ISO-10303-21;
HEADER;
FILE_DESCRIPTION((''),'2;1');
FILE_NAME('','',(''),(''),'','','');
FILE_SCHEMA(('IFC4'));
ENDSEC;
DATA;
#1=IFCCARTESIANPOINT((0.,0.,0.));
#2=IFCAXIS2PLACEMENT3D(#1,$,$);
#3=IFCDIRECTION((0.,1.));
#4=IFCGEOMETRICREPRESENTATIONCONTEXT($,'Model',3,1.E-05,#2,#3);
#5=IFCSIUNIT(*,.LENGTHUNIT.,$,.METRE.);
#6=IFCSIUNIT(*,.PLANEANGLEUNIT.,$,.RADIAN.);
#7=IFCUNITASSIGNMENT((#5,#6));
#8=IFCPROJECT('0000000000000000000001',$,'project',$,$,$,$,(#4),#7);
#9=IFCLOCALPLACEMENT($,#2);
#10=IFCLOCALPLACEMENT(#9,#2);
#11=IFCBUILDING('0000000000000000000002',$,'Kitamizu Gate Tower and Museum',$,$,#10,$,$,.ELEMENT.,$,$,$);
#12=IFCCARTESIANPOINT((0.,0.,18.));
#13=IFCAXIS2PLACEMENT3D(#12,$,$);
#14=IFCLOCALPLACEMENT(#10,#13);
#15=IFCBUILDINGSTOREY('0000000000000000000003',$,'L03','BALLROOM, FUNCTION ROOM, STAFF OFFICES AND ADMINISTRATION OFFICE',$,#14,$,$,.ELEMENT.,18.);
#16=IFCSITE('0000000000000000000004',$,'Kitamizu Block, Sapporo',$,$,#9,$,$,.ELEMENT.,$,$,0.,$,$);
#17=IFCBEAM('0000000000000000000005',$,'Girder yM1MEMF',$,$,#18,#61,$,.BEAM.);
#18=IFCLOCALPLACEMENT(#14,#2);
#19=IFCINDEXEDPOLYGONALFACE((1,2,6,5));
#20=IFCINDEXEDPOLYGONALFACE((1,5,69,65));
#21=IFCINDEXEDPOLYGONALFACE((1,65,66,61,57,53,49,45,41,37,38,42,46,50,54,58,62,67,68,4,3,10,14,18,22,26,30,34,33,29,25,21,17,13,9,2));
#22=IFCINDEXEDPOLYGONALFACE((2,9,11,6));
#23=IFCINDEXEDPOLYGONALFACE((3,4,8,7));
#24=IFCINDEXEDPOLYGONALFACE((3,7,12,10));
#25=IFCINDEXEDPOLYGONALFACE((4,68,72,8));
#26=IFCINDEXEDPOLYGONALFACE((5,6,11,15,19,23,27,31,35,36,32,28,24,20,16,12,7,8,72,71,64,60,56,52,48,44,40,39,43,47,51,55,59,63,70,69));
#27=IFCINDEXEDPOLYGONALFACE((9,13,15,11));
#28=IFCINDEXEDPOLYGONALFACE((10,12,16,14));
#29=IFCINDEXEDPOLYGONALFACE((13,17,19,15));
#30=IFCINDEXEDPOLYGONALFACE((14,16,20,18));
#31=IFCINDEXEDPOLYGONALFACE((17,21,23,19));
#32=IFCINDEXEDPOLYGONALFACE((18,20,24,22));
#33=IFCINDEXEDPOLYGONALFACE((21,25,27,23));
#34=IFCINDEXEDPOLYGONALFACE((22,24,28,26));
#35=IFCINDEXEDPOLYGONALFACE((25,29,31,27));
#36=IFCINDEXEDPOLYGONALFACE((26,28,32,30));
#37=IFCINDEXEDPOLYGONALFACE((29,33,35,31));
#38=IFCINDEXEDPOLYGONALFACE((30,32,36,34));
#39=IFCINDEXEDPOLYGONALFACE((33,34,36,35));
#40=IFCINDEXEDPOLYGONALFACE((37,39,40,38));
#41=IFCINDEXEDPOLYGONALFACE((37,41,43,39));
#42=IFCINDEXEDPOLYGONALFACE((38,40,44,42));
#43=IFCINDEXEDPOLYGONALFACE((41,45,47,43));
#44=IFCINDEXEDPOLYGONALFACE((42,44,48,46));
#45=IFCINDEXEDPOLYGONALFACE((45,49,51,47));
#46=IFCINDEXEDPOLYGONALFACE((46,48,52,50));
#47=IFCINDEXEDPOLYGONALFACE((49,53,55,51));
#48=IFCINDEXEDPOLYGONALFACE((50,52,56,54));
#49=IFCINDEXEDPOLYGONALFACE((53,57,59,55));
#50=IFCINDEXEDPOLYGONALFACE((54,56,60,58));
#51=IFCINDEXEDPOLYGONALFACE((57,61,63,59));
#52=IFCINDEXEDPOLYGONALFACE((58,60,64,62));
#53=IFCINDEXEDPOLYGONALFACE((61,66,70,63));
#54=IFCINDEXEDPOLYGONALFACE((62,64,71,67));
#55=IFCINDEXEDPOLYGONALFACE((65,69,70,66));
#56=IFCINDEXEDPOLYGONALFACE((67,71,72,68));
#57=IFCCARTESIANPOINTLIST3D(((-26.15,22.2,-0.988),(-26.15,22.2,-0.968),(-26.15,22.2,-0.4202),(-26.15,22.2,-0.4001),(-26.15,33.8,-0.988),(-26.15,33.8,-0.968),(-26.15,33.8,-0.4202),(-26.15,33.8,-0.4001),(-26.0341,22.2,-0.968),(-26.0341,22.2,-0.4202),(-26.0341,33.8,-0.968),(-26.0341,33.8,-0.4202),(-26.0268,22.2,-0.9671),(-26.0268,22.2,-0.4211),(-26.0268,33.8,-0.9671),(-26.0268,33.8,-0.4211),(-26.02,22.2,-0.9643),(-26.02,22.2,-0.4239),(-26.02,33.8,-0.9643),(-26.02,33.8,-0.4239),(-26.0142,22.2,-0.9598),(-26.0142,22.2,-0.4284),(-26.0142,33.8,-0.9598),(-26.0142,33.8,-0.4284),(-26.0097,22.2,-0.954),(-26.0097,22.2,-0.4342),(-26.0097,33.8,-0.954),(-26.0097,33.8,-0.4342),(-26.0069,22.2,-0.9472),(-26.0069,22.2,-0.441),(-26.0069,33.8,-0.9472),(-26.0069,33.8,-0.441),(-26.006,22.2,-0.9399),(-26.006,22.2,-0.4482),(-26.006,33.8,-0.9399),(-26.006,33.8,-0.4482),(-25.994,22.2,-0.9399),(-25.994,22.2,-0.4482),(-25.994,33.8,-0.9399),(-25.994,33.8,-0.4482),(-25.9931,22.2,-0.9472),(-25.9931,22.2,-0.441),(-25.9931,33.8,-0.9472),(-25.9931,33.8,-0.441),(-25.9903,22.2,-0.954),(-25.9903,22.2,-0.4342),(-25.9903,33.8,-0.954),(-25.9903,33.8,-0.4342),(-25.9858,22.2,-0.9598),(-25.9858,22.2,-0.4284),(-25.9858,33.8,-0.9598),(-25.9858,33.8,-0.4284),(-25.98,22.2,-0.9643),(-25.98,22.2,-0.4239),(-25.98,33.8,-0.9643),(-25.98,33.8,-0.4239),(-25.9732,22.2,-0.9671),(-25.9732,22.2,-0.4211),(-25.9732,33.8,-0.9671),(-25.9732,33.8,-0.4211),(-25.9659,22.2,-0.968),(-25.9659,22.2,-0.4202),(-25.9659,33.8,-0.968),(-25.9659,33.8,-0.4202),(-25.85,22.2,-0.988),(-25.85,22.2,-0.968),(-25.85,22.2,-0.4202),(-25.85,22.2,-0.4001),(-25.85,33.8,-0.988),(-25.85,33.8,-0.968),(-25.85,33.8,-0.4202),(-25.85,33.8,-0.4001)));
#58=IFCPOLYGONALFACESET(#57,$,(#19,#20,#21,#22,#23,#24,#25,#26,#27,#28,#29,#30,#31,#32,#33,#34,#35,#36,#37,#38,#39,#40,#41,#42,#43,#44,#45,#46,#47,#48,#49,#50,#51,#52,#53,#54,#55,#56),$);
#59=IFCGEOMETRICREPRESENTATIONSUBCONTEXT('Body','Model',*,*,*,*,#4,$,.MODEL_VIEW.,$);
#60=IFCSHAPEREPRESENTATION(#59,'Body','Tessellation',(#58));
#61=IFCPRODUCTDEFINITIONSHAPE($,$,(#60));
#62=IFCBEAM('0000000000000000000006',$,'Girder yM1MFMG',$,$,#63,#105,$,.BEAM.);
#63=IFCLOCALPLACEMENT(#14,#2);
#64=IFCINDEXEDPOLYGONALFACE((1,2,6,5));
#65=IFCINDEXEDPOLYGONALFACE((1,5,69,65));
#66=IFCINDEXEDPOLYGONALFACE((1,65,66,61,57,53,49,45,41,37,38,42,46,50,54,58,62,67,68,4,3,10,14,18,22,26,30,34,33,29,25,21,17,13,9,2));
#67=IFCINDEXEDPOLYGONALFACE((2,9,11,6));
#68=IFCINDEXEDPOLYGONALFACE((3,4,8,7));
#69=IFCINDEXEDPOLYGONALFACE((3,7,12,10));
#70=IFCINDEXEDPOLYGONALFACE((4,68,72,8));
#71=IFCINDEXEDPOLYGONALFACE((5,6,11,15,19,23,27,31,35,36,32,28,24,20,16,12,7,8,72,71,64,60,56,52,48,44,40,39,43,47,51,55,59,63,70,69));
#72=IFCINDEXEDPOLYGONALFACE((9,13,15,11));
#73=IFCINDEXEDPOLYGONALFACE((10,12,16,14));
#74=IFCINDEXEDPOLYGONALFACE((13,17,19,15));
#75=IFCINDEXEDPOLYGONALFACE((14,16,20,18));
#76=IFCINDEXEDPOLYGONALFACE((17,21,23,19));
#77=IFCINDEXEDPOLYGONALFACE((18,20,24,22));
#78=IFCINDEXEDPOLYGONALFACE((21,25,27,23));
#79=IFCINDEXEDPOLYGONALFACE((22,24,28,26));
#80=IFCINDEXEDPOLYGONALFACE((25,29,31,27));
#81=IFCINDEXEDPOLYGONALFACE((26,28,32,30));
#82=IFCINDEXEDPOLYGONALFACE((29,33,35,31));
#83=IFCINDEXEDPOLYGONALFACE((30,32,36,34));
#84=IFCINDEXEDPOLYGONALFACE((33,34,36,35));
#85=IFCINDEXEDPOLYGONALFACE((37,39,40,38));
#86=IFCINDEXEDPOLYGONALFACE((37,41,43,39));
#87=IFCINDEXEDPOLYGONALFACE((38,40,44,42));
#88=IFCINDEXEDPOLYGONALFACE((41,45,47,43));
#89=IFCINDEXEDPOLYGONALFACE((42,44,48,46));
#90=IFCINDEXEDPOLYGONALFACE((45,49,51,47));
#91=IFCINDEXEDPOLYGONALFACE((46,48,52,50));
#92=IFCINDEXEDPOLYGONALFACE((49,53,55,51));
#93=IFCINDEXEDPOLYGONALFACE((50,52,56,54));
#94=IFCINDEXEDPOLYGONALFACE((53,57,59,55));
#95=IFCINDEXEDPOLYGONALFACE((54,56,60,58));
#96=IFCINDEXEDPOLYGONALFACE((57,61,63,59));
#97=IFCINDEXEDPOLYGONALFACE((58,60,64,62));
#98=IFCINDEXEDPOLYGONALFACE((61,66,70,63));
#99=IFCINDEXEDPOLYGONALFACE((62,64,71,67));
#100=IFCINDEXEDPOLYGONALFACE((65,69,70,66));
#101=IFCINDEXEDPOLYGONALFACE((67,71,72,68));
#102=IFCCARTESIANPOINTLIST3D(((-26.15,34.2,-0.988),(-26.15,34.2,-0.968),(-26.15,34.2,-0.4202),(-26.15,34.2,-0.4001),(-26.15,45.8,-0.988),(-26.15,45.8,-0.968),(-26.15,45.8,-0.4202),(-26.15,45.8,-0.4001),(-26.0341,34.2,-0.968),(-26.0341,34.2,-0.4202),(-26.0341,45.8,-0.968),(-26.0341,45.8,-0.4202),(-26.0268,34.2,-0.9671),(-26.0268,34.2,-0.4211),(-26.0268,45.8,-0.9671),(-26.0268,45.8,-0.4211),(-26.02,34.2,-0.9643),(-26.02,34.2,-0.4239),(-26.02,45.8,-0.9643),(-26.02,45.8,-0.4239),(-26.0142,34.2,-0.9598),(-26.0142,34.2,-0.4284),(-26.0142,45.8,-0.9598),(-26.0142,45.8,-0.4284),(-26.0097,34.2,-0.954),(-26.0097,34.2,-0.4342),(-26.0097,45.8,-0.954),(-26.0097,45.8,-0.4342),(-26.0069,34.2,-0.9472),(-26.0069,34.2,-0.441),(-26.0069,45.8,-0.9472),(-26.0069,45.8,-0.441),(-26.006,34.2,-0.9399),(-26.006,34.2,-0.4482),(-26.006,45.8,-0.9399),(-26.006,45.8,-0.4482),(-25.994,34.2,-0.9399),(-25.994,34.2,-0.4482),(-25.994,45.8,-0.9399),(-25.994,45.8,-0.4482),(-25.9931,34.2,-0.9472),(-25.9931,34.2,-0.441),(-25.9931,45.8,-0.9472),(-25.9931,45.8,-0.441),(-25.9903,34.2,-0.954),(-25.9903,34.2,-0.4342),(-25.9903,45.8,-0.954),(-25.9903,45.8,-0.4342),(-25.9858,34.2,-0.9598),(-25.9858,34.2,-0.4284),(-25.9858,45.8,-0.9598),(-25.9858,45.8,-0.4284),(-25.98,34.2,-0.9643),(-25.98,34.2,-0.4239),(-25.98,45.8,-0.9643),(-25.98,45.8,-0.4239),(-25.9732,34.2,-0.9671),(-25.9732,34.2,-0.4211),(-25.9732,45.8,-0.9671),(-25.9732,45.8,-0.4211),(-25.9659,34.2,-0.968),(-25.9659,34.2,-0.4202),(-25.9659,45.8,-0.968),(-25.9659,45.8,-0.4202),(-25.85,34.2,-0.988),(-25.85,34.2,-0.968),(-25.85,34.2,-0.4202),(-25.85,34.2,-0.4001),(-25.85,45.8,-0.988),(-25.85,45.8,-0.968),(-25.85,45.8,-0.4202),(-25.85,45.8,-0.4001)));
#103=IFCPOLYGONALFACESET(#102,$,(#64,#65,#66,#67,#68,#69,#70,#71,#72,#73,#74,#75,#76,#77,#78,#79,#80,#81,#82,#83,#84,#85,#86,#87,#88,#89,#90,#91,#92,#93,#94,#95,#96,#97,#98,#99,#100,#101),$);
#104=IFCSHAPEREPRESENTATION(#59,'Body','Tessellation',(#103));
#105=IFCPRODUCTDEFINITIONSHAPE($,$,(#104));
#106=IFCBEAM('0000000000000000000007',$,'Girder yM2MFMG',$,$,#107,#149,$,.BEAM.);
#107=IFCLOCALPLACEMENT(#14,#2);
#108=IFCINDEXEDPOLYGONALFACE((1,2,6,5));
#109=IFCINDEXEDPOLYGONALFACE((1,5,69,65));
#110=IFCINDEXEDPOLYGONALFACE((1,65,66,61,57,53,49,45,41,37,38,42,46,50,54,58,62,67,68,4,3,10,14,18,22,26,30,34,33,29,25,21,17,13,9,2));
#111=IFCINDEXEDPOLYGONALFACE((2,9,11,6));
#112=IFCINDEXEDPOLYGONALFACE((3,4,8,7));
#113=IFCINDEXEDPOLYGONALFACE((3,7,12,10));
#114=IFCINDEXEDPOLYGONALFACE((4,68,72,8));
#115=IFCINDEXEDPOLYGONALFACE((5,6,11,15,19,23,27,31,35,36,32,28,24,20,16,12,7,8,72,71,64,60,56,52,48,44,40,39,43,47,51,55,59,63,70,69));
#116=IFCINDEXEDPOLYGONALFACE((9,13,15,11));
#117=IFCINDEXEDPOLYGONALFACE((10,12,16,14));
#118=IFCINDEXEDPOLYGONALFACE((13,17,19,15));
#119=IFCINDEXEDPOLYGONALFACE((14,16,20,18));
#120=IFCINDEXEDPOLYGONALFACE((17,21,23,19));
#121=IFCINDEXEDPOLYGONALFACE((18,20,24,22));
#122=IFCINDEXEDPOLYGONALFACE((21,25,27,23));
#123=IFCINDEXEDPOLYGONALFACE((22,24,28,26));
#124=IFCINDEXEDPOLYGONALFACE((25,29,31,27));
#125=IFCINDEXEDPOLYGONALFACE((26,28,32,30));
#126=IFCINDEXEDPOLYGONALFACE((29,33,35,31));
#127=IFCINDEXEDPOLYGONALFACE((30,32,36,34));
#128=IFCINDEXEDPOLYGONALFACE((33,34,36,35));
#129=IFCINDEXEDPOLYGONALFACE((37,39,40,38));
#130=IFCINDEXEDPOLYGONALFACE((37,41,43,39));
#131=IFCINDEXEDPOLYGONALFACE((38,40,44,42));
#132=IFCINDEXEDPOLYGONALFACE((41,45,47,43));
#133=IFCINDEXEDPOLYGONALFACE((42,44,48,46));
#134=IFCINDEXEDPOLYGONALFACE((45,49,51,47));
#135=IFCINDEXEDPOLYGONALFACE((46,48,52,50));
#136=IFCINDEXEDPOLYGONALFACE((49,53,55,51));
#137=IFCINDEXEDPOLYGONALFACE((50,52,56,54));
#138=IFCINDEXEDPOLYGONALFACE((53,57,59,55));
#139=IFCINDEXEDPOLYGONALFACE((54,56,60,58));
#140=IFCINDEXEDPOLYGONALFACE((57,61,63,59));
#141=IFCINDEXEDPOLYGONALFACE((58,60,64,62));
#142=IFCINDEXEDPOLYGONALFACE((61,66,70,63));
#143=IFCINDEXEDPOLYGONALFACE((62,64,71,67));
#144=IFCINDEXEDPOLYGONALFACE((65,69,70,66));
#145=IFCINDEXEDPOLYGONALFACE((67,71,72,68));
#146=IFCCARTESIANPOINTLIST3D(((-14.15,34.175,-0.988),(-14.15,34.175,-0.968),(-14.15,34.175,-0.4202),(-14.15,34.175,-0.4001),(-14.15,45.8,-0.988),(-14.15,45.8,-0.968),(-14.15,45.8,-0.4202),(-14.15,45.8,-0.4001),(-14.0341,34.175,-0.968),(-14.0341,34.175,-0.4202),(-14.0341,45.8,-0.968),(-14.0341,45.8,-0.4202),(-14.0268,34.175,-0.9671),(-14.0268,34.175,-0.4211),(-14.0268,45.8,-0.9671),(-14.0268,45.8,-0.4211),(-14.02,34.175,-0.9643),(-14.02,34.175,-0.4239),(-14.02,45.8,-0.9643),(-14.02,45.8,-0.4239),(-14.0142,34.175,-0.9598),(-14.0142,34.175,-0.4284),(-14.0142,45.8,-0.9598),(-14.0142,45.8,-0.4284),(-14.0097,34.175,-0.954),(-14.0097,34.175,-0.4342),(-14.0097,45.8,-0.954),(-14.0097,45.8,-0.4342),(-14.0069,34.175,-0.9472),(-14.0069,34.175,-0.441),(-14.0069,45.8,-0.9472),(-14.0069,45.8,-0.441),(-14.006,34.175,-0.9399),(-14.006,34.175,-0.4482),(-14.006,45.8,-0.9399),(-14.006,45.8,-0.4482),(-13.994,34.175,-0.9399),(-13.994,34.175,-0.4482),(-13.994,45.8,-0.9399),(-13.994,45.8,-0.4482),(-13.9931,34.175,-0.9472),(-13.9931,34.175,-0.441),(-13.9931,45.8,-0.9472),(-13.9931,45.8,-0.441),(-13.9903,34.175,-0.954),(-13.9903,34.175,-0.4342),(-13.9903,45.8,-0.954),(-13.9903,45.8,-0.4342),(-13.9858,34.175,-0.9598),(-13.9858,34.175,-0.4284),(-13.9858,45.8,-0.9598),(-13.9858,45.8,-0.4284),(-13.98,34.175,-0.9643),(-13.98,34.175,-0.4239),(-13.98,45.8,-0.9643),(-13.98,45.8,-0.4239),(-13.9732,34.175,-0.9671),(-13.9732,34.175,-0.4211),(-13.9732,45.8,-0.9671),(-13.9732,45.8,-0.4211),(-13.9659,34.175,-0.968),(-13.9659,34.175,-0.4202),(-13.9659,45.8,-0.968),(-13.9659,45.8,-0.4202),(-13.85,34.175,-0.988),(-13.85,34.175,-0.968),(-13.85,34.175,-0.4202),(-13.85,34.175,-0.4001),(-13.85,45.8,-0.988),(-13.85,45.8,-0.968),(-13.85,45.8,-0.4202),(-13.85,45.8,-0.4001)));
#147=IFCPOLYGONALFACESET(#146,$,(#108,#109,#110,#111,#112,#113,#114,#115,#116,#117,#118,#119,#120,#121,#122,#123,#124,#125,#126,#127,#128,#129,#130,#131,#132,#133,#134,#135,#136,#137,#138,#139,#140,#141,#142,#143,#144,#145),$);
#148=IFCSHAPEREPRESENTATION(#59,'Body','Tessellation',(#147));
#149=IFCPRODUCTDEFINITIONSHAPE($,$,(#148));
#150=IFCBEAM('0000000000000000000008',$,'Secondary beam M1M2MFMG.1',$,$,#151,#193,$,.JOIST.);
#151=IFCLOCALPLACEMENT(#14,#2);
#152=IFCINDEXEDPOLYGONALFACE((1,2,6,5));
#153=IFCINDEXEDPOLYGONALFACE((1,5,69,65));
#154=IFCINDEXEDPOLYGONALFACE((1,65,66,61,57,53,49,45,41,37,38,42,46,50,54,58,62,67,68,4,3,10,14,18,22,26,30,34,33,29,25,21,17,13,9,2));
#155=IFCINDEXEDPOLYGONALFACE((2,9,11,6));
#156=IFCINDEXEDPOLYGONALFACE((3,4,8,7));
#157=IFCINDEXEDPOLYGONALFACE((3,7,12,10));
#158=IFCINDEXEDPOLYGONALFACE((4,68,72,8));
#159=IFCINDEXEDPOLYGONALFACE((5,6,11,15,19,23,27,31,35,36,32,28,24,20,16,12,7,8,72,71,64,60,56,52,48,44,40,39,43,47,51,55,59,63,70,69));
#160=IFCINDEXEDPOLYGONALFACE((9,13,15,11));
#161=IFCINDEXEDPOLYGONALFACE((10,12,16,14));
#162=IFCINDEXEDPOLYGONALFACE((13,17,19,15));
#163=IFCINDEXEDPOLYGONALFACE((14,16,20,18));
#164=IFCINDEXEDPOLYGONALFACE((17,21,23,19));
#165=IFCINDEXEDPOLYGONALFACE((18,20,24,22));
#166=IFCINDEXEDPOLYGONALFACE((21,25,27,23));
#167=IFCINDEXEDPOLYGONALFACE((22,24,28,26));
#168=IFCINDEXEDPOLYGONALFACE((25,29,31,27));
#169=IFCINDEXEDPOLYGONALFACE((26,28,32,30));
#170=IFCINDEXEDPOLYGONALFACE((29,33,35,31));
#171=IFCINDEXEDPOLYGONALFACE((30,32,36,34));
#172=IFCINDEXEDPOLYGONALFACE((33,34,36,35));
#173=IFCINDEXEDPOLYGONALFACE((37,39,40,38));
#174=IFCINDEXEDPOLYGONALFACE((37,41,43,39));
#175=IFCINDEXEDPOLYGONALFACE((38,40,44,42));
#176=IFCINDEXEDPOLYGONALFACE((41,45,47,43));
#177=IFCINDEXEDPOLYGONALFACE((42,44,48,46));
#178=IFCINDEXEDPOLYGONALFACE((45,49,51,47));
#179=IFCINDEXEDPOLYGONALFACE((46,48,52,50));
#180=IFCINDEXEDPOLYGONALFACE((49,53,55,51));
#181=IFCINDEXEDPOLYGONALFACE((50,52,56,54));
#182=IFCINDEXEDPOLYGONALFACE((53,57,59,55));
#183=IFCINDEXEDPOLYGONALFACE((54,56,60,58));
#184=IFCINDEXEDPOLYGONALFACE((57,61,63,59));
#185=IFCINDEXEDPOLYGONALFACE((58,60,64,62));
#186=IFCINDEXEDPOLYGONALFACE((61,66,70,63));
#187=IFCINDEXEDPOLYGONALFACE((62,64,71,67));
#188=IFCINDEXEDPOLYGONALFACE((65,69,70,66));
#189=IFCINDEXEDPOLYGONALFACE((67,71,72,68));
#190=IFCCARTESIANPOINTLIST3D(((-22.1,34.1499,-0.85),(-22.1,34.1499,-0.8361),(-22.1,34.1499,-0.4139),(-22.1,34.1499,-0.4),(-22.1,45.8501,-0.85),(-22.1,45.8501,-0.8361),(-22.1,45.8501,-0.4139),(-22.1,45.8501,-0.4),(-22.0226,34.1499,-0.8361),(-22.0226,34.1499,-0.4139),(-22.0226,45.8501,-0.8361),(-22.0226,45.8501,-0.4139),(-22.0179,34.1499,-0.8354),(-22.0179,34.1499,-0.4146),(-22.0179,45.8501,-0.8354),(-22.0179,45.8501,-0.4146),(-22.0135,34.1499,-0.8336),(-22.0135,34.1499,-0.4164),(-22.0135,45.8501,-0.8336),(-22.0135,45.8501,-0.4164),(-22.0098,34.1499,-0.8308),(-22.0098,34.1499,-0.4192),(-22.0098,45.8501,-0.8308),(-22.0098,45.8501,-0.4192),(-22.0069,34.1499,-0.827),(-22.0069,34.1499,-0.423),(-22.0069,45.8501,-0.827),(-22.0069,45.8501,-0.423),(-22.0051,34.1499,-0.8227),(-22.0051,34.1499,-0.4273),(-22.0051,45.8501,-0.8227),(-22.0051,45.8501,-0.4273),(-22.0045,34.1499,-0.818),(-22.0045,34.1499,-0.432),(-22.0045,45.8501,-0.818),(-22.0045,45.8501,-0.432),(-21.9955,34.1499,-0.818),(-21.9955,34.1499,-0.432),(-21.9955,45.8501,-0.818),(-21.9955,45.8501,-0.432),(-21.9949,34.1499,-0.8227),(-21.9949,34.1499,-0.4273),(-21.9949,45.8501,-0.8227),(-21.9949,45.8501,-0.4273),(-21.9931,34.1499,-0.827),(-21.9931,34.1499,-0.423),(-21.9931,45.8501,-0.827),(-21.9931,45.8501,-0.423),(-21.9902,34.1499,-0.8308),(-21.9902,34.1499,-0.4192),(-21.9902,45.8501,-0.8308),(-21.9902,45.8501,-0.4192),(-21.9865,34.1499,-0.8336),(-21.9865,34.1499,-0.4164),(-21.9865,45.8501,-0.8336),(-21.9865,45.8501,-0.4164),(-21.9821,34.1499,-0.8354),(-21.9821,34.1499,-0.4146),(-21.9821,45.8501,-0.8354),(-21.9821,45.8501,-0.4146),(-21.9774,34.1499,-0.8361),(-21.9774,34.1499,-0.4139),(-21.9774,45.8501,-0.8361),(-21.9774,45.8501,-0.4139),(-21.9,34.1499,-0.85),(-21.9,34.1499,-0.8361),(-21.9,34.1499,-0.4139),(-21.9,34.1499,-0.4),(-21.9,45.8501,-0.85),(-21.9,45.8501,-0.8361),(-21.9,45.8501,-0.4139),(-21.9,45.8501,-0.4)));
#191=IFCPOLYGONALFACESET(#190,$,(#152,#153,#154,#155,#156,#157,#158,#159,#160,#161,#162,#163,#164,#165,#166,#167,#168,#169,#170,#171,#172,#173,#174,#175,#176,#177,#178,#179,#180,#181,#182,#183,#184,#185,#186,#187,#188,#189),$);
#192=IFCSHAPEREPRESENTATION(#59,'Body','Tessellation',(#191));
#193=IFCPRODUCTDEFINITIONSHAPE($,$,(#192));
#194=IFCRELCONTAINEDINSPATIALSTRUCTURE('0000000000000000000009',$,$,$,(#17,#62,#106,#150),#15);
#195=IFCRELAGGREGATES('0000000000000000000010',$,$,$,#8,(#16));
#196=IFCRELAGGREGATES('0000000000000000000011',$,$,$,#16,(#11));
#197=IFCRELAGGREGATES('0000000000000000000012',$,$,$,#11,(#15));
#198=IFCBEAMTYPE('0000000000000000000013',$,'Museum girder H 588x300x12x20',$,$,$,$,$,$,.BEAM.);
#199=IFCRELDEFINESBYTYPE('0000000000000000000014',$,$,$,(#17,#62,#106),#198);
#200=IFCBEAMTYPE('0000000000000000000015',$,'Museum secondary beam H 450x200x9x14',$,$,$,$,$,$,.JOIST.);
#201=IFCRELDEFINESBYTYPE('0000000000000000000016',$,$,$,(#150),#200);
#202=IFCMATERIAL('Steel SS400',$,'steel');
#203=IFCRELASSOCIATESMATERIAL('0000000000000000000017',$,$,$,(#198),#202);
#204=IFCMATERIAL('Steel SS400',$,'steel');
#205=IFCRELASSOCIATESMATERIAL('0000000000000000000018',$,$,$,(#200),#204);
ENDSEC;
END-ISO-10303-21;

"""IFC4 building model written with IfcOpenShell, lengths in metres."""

from ifc_helpers import new_model, si_unit, direction, frame, origin, origin_2d, place, context, subcontext, project, spatial, i_section, extrude, material, material_profile, profile_set, type_object, element, save


model = new_model("IFC4")

# Units and contexts
model_context = context("Model", 3, precision=1e-05, world=origin(), true_north=direction((0.0, 1.0)))
body_context = subcontext(model_context, "Body", "Model", "MODEL_VIEW")
ifc_project = project(units=[si_unit("LENGTHUNIT", "METRE"), si_unit("PLANEANGLEUNIT", "RADIAN")], contexts=[model_context])

# Site, building, storey
site_placement = place(None, origin())
site = spatial("IfcSite", under=ifc_project, at=site_placement, Name="Kitamizu Block, Sapporo", CompositionType="ELEMENT", RefElevation=0.0)
building_placement = place(site_placement, origin())
building = spatial("IfcBuilding", under=site, at=building_placement, Name="Kitamizu Gate Tower and Museum", CompositionType="ELEMENT")
storey_placement = place(building_placement, frame((0.0, 0.0, 18.0)))
storey = spatial("IfcBuildingStorey", under=building, at=storey_placement, Name="L03", Description="BALLROOM, FUNCTION ROOM, STAFF OFFICES AND ADMINISTRATION OFFICE", CompositionType="ELEMENT", Elevation=18.0)

# Beams
ifc_material_1 = material(Name="Steel SS400", Category="steel")
ifc_material_profile_1 = material_profile(ifc_material_1, i_section(OverallWidth=0.3, OverallDepth=0.5879, WebThickness=0.012, FlangeThickness=0.02, FilletRadius=0.0281, at=origin_2d()), Name="H-588x300x12x20")
ifc_profile_set_1 = profile_set([ifc_material_profile_1], Name="Steel SS400")
beam_type_1 = type_object("IfcBeamType", Name="Museum girder H 588x300x12x20", PredefinedType="BEAM", material=ifc_profile_set_1)
for number, where, z_axis, x_axis, name in (
    (1, (-26.0, 22.2, -0.6941), (0.0, 1.0, 0.0), (-1.0, 0.0, 0.0), "Girder yM1MEMF"),
    (2, (-26.0, 34.2, -0.6941), (0.0, 1.0, 0.0), (-1.0, 0.0, 0.0), "Girder yM1MFMG"),
):
    element("IfcBeam", number, at=place(storey_placement, frame(where, z_axis=z_axis, x_axis=x_axis)), inside=storey, type_object=beam_type_1, Name=name, PredefinedType="BEAM", context=body_context, shape_type="SweptSolid", body=[
        extrude(i_section(OverallWidth=0.3, OverallDepth=0.5879, WebThickness=0.012, FlangeThickness=0.02, FilletRadius=0.0281, at=origin_2d()), origin(), (0.0, 0.0, 1.0), 11.6001),
    ])
beam_1_placement = place(storey_placement, frame((-14.0, 34.175, -0.6941), z_axis=(0.0, 1.0, 0.0), x_axis=(-1.0, 0.0, 0.0)))
element("IfcBeam", 3, at=beam_1_placement, inside=storey, type_object=beam_type_1, Name="Girder yM2MFMG", PredefinedType="BEAM", context=body_context, shape_type="SweptSolid", body=[
    extrude(i_section(OverallWidth=0.3, OverallDepth=0.5879, WebThickness=0.012, FlangeThickness=0.02, FilletRadius=0.0281, at=origin_2d()), origin(), (0.0, 0.0, 1.0), 11.625),
])
ifc_material_2 = material(Name="Steel SS400", Category="steel")
ifc_material_profile_2 = material_profile(ifc_material_2, i_section(OverallWidth=0.2, OverallDepth=0.45, WebThickness=0.009, FlangeThickness=0.0139, FilletRadius=0.0181, at=origin_2d()), Name="H-450x200x9x14")
ifc_profile_set_2 = profile_set([ifc_material_profile_2], Name="Steel SS400")
beam_type_2 = type_object("IfcBeamType", Name="Museum secondary beam H 450x200x9x14", PredefinedType="JOIST", material=ifc_profile_set_2)
for number, where, z_axis, x_axis, name in (
    (4, (-22.0, 34.1499, -0.625), (0.0, 1.0, 0.0), (-1.0, 0.0, 0.0), "Secondary beam M1M2MFMG.1"),
):
    element("IfcBeam", number, at=place(storey_placement, frame(where, z_axis=z_axis, x_axis=x_axis)), inside=storey, type_object=beam_type_2, Name=name, PredefinedType="JOIST", context=body_context, shape_type="SweptSolid", body=[
        extrude(i_section(OverallWidth=0.2, OverallDepth=0.45, WebThickness=0.009, FlangeThickness=0.0139, FilletRadius=0.0181, at=origin_2d()), origin(), (0.0, 0.0, 1.0), 11.7002),
    ])

save(model, "model.ifc")
